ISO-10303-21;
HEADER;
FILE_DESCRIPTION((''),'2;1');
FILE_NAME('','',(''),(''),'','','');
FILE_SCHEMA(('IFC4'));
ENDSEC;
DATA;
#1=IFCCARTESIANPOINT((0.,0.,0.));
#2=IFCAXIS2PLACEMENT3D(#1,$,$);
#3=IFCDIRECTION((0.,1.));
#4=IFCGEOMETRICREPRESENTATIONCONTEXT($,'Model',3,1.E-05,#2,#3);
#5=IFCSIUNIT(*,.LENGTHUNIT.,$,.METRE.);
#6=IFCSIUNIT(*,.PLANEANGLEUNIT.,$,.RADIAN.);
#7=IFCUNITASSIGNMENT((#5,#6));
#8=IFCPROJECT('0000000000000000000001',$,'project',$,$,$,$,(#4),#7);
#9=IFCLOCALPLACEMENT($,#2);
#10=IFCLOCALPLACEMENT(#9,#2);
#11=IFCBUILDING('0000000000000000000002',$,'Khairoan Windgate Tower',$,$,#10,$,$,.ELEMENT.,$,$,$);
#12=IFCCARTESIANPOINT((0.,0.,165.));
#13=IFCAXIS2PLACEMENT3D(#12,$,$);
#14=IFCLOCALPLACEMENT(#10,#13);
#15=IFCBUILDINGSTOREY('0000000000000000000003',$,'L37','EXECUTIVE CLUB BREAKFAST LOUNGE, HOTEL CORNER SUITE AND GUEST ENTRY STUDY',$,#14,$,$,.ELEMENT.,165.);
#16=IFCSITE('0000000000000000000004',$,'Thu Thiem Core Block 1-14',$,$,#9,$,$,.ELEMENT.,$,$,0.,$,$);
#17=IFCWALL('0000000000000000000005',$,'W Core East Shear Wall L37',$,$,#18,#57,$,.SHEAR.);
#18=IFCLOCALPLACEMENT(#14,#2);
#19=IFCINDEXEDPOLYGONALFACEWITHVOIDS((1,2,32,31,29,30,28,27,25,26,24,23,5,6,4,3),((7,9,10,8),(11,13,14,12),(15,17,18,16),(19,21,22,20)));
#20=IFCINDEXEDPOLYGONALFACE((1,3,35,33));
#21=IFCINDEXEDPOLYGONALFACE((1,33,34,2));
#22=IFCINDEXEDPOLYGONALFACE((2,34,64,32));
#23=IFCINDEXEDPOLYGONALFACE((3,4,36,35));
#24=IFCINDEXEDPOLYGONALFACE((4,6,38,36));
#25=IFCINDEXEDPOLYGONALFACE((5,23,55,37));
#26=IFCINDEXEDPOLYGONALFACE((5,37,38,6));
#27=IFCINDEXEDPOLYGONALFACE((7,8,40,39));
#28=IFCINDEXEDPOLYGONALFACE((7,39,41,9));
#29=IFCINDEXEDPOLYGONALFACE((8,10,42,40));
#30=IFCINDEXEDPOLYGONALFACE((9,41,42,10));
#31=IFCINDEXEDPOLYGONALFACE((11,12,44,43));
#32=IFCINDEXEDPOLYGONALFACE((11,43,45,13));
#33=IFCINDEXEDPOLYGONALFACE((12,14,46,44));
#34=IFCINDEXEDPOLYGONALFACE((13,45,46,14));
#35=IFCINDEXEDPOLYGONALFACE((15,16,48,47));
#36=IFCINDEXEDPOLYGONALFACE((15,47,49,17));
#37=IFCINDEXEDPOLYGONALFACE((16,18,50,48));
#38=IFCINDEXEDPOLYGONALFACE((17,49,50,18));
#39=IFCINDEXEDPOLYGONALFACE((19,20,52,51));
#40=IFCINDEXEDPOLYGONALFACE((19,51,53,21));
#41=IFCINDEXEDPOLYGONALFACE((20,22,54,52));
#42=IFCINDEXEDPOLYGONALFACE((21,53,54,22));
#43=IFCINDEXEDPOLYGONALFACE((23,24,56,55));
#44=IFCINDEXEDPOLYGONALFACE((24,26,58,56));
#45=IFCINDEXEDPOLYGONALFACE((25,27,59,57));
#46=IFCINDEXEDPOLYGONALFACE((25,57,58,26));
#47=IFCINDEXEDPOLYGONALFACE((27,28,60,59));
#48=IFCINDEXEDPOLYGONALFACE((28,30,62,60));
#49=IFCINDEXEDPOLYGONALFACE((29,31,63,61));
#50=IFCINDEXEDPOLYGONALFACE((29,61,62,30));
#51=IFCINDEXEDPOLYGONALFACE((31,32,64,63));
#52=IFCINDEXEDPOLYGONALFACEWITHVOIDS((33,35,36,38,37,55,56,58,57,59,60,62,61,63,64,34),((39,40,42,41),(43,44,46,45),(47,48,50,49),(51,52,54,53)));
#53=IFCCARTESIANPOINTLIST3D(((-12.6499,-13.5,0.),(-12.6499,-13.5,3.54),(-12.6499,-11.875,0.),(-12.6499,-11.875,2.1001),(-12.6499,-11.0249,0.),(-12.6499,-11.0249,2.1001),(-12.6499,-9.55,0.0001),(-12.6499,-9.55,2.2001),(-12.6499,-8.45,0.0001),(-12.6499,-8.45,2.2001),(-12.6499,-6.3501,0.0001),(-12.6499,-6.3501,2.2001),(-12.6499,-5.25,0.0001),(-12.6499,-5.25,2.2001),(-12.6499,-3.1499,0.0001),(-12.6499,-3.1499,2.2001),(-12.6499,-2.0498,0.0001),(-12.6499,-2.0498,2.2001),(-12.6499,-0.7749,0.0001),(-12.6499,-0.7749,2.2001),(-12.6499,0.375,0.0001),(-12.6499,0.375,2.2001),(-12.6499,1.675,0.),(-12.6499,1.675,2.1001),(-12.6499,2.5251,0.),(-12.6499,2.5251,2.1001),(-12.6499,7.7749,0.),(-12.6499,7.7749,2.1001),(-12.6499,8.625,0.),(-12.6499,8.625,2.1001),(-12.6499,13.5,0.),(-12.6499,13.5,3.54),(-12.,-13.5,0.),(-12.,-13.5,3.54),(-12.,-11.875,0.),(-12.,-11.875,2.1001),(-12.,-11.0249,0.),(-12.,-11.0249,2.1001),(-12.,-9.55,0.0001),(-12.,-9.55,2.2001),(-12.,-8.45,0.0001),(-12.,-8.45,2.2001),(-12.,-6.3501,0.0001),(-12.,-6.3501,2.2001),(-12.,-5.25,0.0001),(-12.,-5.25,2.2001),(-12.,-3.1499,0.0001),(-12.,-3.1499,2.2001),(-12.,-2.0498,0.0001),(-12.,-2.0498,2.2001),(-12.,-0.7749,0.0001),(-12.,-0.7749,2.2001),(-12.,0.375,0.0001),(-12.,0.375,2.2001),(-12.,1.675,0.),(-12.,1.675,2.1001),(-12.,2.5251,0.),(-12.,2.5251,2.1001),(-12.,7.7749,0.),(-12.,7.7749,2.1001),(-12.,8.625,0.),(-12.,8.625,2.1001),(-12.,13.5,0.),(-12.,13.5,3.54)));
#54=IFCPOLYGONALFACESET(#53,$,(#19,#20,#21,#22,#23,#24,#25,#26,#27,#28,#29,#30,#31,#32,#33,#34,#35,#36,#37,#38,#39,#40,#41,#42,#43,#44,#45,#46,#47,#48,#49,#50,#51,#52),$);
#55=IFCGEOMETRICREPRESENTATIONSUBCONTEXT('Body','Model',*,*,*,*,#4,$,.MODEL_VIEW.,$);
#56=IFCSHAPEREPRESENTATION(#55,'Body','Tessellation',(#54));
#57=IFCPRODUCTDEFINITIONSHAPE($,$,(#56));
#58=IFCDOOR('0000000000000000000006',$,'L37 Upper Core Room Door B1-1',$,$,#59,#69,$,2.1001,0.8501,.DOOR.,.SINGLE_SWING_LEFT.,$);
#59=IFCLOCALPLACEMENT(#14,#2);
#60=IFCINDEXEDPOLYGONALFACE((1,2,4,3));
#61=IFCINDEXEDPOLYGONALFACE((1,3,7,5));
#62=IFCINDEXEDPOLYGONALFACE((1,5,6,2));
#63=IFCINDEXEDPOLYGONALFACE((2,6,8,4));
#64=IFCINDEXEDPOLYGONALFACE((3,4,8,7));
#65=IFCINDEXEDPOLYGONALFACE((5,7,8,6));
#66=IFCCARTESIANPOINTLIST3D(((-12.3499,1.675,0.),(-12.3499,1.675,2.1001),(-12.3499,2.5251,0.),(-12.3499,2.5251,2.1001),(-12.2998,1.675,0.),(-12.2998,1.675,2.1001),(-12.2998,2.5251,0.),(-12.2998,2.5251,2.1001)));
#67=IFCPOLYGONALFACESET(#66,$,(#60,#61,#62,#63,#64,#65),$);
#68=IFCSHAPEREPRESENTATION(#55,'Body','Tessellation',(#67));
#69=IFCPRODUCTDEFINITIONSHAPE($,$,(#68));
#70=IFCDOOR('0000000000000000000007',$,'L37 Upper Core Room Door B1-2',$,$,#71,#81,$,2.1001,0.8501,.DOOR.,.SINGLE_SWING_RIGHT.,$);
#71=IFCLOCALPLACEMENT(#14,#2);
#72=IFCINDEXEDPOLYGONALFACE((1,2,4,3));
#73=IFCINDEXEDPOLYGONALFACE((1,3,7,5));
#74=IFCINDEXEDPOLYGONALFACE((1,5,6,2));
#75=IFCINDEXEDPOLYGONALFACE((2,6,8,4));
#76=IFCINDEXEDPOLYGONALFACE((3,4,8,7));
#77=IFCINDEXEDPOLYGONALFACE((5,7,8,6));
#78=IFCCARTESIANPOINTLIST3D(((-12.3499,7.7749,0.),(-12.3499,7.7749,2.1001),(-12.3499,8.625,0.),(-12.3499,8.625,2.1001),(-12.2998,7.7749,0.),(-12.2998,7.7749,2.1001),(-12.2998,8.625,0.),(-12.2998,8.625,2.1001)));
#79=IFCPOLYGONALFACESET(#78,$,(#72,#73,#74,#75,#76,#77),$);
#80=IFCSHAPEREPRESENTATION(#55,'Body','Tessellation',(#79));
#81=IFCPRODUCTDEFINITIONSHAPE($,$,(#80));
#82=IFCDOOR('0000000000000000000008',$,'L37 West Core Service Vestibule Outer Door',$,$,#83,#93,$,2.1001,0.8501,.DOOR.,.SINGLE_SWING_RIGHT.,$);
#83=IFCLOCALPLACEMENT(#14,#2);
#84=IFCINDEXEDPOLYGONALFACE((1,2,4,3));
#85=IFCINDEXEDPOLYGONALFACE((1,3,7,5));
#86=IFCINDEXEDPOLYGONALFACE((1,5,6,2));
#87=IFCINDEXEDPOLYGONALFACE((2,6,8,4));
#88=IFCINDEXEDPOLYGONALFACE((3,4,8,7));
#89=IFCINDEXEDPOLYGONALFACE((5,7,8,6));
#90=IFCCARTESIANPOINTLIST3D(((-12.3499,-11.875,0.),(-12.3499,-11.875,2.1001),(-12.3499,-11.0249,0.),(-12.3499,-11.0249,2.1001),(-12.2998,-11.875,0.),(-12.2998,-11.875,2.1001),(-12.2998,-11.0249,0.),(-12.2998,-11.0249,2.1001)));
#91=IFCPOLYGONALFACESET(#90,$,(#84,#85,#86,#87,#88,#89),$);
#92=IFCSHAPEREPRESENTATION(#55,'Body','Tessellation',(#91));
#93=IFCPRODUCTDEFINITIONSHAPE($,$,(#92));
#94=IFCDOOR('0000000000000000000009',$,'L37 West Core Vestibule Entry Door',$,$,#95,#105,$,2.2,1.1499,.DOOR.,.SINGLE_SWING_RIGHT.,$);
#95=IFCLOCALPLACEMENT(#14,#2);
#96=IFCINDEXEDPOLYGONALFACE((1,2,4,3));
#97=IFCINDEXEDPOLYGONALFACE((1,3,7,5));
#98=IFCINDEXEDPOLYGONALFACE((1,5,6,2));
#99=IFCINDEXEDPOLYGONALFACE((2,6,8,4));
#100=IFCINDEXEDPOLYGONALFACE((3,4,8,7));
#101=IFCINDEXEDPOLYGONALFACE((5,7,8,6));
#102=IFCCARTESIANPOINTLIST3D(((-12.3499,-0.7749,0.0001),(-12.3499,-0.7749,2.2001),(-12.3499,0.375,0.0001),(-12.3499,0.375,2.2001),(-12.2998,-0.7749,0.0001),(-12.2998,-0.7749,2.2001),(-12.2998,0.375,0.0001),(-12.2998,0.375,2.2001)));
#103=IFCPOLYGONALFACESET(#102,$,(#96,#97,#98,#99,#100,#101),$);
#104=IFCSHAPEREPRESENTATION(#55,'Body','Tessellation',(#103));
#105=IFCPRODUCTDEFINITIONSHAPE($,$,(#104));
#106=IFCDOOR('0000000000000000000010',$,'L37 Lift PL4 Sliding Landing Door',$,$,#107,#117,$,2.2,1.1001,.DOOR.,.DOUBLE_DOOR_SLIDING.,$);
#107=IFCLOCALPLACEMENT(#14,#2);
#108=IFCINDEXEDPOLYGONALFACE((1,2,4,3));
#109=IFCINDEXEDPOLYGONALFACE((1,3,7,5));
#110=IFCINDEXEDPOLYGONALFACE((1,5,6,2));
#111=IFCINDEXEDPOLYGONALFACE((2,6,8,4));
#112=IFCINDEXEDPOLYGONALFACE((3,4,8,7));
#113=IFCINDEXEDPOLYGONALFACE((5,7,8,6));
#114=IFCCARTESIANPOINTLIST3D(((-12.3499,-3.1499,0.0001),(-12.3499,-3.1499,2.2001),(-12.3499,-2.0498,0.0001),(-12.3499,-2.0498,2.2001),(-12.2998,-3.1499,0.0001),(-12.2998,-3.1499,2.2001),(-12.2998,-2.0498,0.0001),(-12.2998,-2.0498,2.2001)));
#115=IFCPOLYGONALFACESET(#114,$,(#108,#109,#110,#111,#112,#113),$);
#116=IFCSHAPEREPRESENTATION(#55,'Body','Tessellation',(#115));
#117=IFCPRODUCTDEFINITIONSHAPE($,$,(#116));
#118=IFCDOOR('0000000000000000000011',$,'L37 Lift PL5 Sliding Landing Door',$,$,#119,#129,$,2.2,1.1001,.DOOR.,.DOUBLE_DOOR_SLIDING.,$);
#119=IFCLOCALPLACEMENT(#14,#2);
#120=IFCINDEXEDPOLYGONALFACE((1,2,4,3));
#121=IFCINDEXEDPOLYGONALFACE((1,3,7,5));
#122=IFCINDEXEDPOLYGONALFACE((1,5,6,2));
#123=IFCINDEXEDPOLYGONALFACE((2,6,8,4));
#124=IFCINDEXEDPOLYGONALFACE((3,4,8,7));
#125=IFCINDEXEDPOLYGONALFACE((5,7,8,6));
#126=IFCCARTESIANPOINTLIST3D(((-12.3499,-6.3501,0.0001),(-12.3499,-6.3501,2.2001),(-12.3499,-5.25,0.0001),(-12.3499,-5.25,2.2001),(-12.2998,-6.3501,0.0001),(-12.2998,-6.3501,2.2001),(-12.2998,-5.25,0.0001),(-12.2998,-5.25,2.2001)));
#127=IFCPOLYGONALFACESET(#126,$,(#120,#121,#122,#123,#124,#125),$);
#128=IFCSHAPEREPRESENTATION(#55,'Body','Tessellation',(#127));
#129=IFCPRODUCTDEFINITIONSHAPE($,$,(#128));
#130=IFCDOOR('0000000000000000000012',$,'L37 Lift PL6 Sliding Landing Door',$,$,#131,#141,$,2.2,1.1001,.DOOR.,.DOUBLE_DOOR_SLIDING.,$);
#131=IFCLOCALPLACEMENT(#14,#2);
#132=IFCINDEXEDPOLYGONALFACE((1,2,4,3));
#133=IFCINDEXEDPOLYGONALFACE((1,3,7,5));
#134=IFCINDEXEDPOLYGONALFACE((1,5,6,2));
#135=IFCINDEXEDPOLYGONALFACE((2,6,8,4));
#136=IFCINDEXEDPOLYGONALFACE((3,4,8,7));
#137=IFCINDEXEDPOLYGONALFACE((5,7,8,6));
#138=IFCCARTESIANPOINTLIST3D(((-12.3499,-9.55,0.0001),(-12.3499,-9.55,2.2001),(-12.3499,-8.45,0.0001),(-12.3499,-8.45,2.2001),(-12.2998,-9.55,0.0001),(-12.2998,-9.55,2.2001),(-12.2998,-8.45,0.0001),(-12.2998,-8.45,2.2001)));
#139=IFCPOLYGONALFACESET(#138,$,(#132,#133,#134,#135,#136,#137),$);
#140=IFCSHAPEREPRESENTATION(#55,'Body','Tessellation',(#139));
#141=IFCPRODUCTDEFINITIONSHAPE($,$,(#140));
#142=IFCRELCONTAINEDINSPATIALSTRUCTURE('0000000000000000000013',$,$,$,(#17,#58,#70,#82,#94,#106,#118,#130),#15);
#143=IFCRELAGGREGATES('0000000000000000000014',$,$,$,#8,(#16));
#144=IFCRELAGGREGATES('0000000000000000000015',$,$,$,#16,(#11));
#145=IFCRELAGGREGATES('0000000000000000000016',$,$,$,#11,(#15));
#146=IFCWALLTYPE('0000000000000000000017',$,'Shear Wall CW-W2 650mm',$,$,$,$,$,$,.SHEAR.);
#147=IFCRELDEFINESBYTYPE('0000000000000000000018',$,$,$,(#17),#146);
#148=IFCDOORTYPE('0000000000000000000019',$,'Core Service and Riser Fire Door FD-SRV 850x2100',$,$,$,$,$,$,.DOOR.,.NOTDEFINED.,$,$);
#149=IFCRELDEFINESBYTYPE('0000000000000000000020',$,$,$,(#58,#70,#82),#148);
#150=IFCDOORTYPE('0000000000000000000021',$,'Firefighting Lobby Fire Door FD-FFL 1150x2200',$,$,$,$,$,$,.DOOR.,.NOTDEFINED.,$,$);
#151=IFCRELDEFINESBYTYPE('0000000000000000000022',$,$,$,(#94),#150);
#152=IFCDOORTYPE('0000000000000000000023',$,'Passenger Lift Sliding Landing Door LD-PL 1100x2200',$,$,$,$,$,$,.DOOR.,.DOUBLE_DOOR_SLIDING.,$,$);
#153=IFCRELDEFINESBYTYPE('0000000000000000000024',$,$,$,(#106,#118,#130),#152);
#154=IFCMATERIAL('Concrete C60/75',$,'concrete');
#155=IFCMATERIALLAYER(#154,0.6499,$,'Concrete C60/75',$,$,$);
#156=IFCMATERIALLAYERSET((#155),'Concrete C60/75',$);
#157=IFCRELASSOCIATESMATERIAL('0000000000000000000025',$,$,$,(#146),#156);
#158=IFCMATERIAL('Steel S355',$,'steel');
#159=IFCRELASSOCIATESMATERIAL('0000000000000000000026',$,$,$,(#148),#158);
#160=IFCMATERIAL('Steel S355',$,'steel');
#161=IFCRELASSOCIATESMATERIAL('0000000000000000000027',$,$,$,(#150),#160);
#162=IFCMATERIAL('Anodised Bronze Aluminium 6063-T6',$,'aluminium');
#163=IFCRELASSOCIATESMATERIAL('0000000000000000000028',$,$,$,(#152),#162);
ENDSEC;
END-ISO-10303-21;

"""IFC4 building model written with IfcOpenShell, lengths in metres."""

from ifc_helpers import new_model, si_unit, direction, frame, frame_2d, origin, place, context, subcontext, project, spatial, rectangle, extrude, material, layer, layer_set, type_object, element, fill, save


model = new_model("IFC4")

# Units and contexts
model_context = context("Model", 3, precision=1e-05, world=origin(), true_north=direction((0.0, 1.0)))
body_context = subcontext(model_context, "Body", "Model", "MODEL_VIEW")
ifc_project = project(units=[si_unit("LENGTHUNIT", "METRE"), si_unit("PLANEANGLEUNIT", "RADIAN")], contexts=[model_context])

# Site, building, storey
site_placement = place(None, origin())
site = spatial("IfcSite", under=ifc_project, at=site_placement, Name="Thu Thiem Core Block 1-14", CompositionType="ELEMENT", RefElevation=0.0)
building_placement = place(site_placement, origin())
building = spatial("IfcBuilding", under=site, at=building_placement, Name="Khairoan Windgate Tower", CompositionType="ELEMENT")
storey_placement = place(building_placement, frame((0.0, 0.0, 165.0)))
storey = spatial("IfcBuildingStorey", under=building, at=storey_placement, Name="L37", Description="EXECUTIVE CLUB BREAKFAST LOUNGE, HOTEL CORNER SUITE AND GUEST ENTRY STUDY", CompositionType="ELEMENT", Elevation=165.0)

# Wall, openings, doors
ifc_material_1 = material(Name="Concrete C60/75", Category="concrete")
ifc_layer_1 = layer(ifc_material_1, 0.6499, Name="Concrete C60/75")
ifc_layer_set_1 = layer_set([ifc_layer_1], Name="Concrete C60/75")
wall_type_1 = type_object("IfcWallType", Name="Shear Wall CW-W2 650mm", PredefinedType="SHEAR", material=ifc_layer_set_1)
wall_1_placement = place(storey_placement, frame((-12.325, -13.5, 0.0), z_axis=(0.0, 0.0, 1.0), x_axis=(0.0, 1.0, 0.0)))
wall_1 = element("IfcWall", 1, at=wall_1_placement, inside=storey, type_object=wall_type_1, Name="W Core East Shear Wall L37", PredefinedType="SHEAR", context=body_context, shape_type="SweptSolid", body=[
    extrude(rectangle(XDim=27.0, YDim=0.6499, at=frame_2d((13.5, 0.0))), origin(), (0.0, 0.0, 1.0), 3.54),
])
opening_1_placement = place(wall_1_placement, frame((10.3501, 0.0, 0.0)))
opening_1 = element("IfcOpeningElement", 2, at=opening_1_placement, cuts=wall_1, PredefinedType="OPENING", context=body_context, shape_type="SweptSolid", body=[
    extrude(rectangle(XDim=1.1001, YDim=2.2, at=frame_2d((0.55, 1.1001))), frame((0.0, 0.335, 0.0), z_axis=(0.0, -1.0, 0.0), x_axis=(1.0, 0.0, 0.0)), (0.0, 0.0, 1.0), 0.6699),
])
opening_2_placement = place(wall_1_placement, frame((7.1499, 0.0, 0.0)))
opening_2 = element("IfcOpeningElement", 3, at=opening_2_placement, cuts=wall_1, PredefinedType="OPENING", context=body_context, shape_type="SweptSolid", body=[
    extrude(rectangle(XDim=1.1001, YDim=2.2, at=frame_2d((0.55, 1.1001))), frame((0.0, 0.335, 0.0), z_axis=(0.0, -1.0, 0.0), x_axis=(1.0, 0.0, 0.0)), (0.0, 0.0, 1.0), 0.6699),
])
opening_3_placement = place(wall_1_placement, frame((3.95, 0.0, 0.0)))
opening_3 = element("IfcOpeningElement", 4, at=opening_3_placement, cuts=wall_1, PredefinedType="OPENING", context=body_context, shape_type="SweptSolid", body=[
    extrude(rectangle(XDim=1.1001, YDim=2.2, at=frame_2d((0.55, 1.1001))), frame((0.0, 0.335, 0.0), z_axis=(0.0, -1.0, 0.0), x_axis=(1.0, 0.0, 0.0)), (0.0, 0.0, 1.0), 0.6699),
])
opening_4_placement = place(wall_1_placement, frame((15.175, 0.0, 0.0)))
opening_4 = element("IfcOpeningElement", 5, at=opening_4_placement, cuts=wall_1, PredefinedType="OPENING", context=body_context, shape_type="SweptSolid", body=[
    extrude(rectangle(XDim=0.8501, YDim=2.1001, at=frame_2d((0.425, 1.05))), frame((0.0, 0.335, 0.0), z_axis=(0.0, -1.0, 0.0), x_axis=(1.0, 0.0, 0.0)), (0.0, 0.0, 1.0), 0.6699),
])
opening_5_placement = place(wall_1_placement, frame((21.2749, 0.0, 0.0)))
opening_5 = element("IfcOpeningElement", 6, at=opening_5_placement, cuts=wall_1, PredefinedType="OPENING", context=body_context, shape_type="SweptSolid", body=[
    extrude(rectangle(XDim=0.8501, YDim=2.1001, at=frame_2d((0.425, 1.05))), frame((0.0, 0.335, 0.0), z_axis=(0.0, -1.0, 0.0), x_axis=(1.0, 0.0, 0.0)), (0.0, 0.0, 1.0), 0.6699),
])
opening_6_placement = place(wall_1_placement, frame((12.7251, 0.0, 0.0)))
opening_6 = element("IfcOpeningElement", 7, at=opening_6_placement, cuts=wall_1, PredefinedType="OPENING", context=body_context, shape_type="SweptSolid", body=[
    extrude(rectangle(XDim=1.1499, YDim=2.2, at=frame_2d((0.575, 1.1001))), frame((0.0, 0.335, 0.0), z_axis=(0.0, -1.0, 0.0), x_axis=(1.0, 0.0, 0.0)), (0.0, 0.0, 1.0), 0.6699),
])
opening_7_placement = place(wall_1_placement, frame((1.625, 0.0, 0.0)))
opening_7 = element("IfcOpeningElement", 8, at=opening_7_placement, cuts=wall_1, PredefinedType="OPENING", context=body_context, shape_type="SweptSolid", body=[
    extrude(rectangle(XDim=0.8501, YDim=2.1001, at=frame_2d((0.425, 1.05))), frame((0.0, 0.335, 0.0), z_axis=(0.0, -1.0, 0.0), x_axis=(1.0, 0.0, 0.0)), (0.0, 0.0, 1.0), 0.6699),
])
ifc_material_2 = material(Name="Steel S355", Category="steel")
door_type_1 = type_object("IfcDoorType", Name="Core Service and Riser Fire Door FD-SRV 850x2100", OperationType="NOTDEFINED", PredefinedType="DOOR", material=ifc_material_2)
door_1_placement = place(opening_4_placement, origin())
door_1 = element("IfcDoor", 9, at=door_1_placement, inside=storey, type_object=door_type_1, Name="L37 Upper Core Room Door B1-1", OperationType="SINGLE_SWING_LEFT", OverallHeight=2.1001, OverallWidth=0.8501, PredefinedType="DOOR", context=body_context, shape_type="SweptSolid", body=[
    extrude(rectangle(XDim=0.8501, YDim=2.1001, at=frame_2d((0.425, 1.05))), frame((0.0, 0.0249, 0.0), z_axis=(0.0, -1.0, 0.0), x_axis=(1.0, 0.0, 0.0)), (0.0, 0.0, 1.0), 0.05),
])
fill(opening_4, door_1)
door_2_placement = place(opening_5_placement, origin())
door_2 = element("IfcDoor", 10, at=door_2_placement, inside=storey, type_object=door_type_1, Name="L37 Upper Core Room Door B1-2", OperationType="SINGLE_SWING_RIGHT", OverallHeight=2.1001, OverallWidth=0.8501, PredefinedType="DOOR", context=body_context, shape_type="SweptSolid", body=[
    extrude(rectangle(XDim=0.8501, YDim=2.1001, at=frame_2d((0.425, 1.05))), frame((0.0, 0.0249, 0.0), z_axis=(0.0, -1.0, 0.0), x_axis=(1.0, 0.0, 0.0)), (0.0, 0.0, 1.0), 0.05),
])
fill(opening_5, door_2)
door_3_placement = place(opening_7_placement, origin())
door_3 = element("IfcDoor", 11, at=door_3_placement, inside=storey, type_object=door_type_1, Name="L37 West Core Service Vestibule Outer Door", OperationType="SINGLE_SWING_RIGHT", OverallHeight=2.1001, OverallWidth=0.8501, PredefinedType="DOOR", context=body_context, shape_type="SweptSolid", body=[
    extrude(rectangle(XDim=0.8501, YDim=2.1001, at=frame_2d((0.425, 1.05))), frame((0.0, 0.0249, 0.0), z_axis=(0.0, -1.0, 0.0), x_axis=(1.0, 0.0, 0.0)), (0.0, 0.0, 1.0), 0.05),
])
fill(opening_7, door_3)
ifc_material_3 = material(Name="Steel S355", Category="steel")
door_type_2 = type_object("IfcDoorType", Name="Firefighting Lobby Fire Door FD-FFL 1150x2200", OperationType="NOTDEFINED", PredefinedType="DOOR", material=ifc_material_3)
door_4_placement = place(opening_6_placement, origin())
door_4 = element("IfcDoor", 12, at=door_4_placement, inside=storey, type_object=door_type_2, Name="L37 West Core Vestibule Entry Door", OperationType="SINGLE_SWING_RIGHT", OverallHeight=2.2, OverallWidth=1.1499, PredefinedType="DOOR", context=body_context, shape_type="SweptSolid", body=[
    extrude(rectangle(XDim=1.1499, YDim=2.2, at=frame_2d((0.575, 1.1001))), frame((0.0, 0.0249, 0.0), z_axis=(0.0, -1.0, 0.0), x_axis=(1.0, 0.0, 0.0)), (0.0, 0.0, 1.0), 0.05),
])
fill(opening_6, door_4)
ifc_material_4 = material(Name="Anodised Bronze Aluminium 6063-T6", Category="aluminium")
door_type_3 = type_object("IfcDoorType", Name="Passenger Lift Sliding Landing Door LD-PL 1100x2200", OperationType="DOUBLE_DOOR_SLIDING", PredefinedType="DOOR", material=ifc_material_4)
door_5_placement = place(opening_1_placement, origin())
door_5 = element("IfcDoor", 13, at=door_5_placement, inside=storey, type_object=door_type_3, Name="L37 Lift PL4 Sliding Landing Door", OperationType="DOUBLE_DOOR_SLIDING", OverallHeight=2.2, OverallWidth=1.1001, PredefinedType="DOOR", context=body_context, shape_type="SweptSolid", body=[
    extrude(rectangle(XDim=1.1001, YDim=2.2, at=frame_2d((0.55, 1.1001))), frame((0.0, 0.0249, 0.0), z_axis=(0.0, -1.0, 0.0), x_axis=(1.0, 0.0, 0.0)), (0.0, 0.0, 1.0), 0.05),
])
fill(opening_1, door_5)
door_6_placement = place(opening_2_placement, origin())
door_6 = element("IfcDoor", 14, at=door_6_placement, inside=storey, type_object=door_type_3, Name="L37 Lift PL5 Sliding Landing Door", OperationType="DOUBLE_DOOR_SLIDING", OverallHeight=2.2, OverallWidth=1.1001, PredefinedType="DOOR", context=body_context, shape_type="SweptSolid", body=[
    extrude(rectangle(XDim=1.1001, YDim=2.2, at=frame_2d((0.55, 1.1001))), frame((0.0, 0.0249, 0.0), z_axis=(0.0, -1.0, 0.0), x_axis=(1.0, 0.0, 0.0)), (0.0, 0.0, 1.0), 0.05),
])
fill(opening_2, door_6)
door_7_placement = place(opening_3_placement, origin())
door_7 = element("IfcDoor", 15, at=door_7_placement, inside=storey, type_object=door_type_3, Name="L37 Lift PL6 Sliding Landing Door", OperationType="DOUBLE_DOOR_SLIDING", OverallHeight=2.2, OverallWidth=1.1001, PredefinedType="DOOR", context=body_context, shape_type="SweptSolid", body=[
    extrude(rectangle(XDim=1.1001, YDim=2.2, at=frame_2d((0.55, 1.1001))), frame((0.0, 0.0249, 0.0), z_axis=(0.0, -1.0, 0.0), x_axis=(1.0, 0.0, 0.0)), (0.0, 0.0, 1.0), 0.05),
])
fill(opening_3, door_7)

save(model, "model.ifc")
